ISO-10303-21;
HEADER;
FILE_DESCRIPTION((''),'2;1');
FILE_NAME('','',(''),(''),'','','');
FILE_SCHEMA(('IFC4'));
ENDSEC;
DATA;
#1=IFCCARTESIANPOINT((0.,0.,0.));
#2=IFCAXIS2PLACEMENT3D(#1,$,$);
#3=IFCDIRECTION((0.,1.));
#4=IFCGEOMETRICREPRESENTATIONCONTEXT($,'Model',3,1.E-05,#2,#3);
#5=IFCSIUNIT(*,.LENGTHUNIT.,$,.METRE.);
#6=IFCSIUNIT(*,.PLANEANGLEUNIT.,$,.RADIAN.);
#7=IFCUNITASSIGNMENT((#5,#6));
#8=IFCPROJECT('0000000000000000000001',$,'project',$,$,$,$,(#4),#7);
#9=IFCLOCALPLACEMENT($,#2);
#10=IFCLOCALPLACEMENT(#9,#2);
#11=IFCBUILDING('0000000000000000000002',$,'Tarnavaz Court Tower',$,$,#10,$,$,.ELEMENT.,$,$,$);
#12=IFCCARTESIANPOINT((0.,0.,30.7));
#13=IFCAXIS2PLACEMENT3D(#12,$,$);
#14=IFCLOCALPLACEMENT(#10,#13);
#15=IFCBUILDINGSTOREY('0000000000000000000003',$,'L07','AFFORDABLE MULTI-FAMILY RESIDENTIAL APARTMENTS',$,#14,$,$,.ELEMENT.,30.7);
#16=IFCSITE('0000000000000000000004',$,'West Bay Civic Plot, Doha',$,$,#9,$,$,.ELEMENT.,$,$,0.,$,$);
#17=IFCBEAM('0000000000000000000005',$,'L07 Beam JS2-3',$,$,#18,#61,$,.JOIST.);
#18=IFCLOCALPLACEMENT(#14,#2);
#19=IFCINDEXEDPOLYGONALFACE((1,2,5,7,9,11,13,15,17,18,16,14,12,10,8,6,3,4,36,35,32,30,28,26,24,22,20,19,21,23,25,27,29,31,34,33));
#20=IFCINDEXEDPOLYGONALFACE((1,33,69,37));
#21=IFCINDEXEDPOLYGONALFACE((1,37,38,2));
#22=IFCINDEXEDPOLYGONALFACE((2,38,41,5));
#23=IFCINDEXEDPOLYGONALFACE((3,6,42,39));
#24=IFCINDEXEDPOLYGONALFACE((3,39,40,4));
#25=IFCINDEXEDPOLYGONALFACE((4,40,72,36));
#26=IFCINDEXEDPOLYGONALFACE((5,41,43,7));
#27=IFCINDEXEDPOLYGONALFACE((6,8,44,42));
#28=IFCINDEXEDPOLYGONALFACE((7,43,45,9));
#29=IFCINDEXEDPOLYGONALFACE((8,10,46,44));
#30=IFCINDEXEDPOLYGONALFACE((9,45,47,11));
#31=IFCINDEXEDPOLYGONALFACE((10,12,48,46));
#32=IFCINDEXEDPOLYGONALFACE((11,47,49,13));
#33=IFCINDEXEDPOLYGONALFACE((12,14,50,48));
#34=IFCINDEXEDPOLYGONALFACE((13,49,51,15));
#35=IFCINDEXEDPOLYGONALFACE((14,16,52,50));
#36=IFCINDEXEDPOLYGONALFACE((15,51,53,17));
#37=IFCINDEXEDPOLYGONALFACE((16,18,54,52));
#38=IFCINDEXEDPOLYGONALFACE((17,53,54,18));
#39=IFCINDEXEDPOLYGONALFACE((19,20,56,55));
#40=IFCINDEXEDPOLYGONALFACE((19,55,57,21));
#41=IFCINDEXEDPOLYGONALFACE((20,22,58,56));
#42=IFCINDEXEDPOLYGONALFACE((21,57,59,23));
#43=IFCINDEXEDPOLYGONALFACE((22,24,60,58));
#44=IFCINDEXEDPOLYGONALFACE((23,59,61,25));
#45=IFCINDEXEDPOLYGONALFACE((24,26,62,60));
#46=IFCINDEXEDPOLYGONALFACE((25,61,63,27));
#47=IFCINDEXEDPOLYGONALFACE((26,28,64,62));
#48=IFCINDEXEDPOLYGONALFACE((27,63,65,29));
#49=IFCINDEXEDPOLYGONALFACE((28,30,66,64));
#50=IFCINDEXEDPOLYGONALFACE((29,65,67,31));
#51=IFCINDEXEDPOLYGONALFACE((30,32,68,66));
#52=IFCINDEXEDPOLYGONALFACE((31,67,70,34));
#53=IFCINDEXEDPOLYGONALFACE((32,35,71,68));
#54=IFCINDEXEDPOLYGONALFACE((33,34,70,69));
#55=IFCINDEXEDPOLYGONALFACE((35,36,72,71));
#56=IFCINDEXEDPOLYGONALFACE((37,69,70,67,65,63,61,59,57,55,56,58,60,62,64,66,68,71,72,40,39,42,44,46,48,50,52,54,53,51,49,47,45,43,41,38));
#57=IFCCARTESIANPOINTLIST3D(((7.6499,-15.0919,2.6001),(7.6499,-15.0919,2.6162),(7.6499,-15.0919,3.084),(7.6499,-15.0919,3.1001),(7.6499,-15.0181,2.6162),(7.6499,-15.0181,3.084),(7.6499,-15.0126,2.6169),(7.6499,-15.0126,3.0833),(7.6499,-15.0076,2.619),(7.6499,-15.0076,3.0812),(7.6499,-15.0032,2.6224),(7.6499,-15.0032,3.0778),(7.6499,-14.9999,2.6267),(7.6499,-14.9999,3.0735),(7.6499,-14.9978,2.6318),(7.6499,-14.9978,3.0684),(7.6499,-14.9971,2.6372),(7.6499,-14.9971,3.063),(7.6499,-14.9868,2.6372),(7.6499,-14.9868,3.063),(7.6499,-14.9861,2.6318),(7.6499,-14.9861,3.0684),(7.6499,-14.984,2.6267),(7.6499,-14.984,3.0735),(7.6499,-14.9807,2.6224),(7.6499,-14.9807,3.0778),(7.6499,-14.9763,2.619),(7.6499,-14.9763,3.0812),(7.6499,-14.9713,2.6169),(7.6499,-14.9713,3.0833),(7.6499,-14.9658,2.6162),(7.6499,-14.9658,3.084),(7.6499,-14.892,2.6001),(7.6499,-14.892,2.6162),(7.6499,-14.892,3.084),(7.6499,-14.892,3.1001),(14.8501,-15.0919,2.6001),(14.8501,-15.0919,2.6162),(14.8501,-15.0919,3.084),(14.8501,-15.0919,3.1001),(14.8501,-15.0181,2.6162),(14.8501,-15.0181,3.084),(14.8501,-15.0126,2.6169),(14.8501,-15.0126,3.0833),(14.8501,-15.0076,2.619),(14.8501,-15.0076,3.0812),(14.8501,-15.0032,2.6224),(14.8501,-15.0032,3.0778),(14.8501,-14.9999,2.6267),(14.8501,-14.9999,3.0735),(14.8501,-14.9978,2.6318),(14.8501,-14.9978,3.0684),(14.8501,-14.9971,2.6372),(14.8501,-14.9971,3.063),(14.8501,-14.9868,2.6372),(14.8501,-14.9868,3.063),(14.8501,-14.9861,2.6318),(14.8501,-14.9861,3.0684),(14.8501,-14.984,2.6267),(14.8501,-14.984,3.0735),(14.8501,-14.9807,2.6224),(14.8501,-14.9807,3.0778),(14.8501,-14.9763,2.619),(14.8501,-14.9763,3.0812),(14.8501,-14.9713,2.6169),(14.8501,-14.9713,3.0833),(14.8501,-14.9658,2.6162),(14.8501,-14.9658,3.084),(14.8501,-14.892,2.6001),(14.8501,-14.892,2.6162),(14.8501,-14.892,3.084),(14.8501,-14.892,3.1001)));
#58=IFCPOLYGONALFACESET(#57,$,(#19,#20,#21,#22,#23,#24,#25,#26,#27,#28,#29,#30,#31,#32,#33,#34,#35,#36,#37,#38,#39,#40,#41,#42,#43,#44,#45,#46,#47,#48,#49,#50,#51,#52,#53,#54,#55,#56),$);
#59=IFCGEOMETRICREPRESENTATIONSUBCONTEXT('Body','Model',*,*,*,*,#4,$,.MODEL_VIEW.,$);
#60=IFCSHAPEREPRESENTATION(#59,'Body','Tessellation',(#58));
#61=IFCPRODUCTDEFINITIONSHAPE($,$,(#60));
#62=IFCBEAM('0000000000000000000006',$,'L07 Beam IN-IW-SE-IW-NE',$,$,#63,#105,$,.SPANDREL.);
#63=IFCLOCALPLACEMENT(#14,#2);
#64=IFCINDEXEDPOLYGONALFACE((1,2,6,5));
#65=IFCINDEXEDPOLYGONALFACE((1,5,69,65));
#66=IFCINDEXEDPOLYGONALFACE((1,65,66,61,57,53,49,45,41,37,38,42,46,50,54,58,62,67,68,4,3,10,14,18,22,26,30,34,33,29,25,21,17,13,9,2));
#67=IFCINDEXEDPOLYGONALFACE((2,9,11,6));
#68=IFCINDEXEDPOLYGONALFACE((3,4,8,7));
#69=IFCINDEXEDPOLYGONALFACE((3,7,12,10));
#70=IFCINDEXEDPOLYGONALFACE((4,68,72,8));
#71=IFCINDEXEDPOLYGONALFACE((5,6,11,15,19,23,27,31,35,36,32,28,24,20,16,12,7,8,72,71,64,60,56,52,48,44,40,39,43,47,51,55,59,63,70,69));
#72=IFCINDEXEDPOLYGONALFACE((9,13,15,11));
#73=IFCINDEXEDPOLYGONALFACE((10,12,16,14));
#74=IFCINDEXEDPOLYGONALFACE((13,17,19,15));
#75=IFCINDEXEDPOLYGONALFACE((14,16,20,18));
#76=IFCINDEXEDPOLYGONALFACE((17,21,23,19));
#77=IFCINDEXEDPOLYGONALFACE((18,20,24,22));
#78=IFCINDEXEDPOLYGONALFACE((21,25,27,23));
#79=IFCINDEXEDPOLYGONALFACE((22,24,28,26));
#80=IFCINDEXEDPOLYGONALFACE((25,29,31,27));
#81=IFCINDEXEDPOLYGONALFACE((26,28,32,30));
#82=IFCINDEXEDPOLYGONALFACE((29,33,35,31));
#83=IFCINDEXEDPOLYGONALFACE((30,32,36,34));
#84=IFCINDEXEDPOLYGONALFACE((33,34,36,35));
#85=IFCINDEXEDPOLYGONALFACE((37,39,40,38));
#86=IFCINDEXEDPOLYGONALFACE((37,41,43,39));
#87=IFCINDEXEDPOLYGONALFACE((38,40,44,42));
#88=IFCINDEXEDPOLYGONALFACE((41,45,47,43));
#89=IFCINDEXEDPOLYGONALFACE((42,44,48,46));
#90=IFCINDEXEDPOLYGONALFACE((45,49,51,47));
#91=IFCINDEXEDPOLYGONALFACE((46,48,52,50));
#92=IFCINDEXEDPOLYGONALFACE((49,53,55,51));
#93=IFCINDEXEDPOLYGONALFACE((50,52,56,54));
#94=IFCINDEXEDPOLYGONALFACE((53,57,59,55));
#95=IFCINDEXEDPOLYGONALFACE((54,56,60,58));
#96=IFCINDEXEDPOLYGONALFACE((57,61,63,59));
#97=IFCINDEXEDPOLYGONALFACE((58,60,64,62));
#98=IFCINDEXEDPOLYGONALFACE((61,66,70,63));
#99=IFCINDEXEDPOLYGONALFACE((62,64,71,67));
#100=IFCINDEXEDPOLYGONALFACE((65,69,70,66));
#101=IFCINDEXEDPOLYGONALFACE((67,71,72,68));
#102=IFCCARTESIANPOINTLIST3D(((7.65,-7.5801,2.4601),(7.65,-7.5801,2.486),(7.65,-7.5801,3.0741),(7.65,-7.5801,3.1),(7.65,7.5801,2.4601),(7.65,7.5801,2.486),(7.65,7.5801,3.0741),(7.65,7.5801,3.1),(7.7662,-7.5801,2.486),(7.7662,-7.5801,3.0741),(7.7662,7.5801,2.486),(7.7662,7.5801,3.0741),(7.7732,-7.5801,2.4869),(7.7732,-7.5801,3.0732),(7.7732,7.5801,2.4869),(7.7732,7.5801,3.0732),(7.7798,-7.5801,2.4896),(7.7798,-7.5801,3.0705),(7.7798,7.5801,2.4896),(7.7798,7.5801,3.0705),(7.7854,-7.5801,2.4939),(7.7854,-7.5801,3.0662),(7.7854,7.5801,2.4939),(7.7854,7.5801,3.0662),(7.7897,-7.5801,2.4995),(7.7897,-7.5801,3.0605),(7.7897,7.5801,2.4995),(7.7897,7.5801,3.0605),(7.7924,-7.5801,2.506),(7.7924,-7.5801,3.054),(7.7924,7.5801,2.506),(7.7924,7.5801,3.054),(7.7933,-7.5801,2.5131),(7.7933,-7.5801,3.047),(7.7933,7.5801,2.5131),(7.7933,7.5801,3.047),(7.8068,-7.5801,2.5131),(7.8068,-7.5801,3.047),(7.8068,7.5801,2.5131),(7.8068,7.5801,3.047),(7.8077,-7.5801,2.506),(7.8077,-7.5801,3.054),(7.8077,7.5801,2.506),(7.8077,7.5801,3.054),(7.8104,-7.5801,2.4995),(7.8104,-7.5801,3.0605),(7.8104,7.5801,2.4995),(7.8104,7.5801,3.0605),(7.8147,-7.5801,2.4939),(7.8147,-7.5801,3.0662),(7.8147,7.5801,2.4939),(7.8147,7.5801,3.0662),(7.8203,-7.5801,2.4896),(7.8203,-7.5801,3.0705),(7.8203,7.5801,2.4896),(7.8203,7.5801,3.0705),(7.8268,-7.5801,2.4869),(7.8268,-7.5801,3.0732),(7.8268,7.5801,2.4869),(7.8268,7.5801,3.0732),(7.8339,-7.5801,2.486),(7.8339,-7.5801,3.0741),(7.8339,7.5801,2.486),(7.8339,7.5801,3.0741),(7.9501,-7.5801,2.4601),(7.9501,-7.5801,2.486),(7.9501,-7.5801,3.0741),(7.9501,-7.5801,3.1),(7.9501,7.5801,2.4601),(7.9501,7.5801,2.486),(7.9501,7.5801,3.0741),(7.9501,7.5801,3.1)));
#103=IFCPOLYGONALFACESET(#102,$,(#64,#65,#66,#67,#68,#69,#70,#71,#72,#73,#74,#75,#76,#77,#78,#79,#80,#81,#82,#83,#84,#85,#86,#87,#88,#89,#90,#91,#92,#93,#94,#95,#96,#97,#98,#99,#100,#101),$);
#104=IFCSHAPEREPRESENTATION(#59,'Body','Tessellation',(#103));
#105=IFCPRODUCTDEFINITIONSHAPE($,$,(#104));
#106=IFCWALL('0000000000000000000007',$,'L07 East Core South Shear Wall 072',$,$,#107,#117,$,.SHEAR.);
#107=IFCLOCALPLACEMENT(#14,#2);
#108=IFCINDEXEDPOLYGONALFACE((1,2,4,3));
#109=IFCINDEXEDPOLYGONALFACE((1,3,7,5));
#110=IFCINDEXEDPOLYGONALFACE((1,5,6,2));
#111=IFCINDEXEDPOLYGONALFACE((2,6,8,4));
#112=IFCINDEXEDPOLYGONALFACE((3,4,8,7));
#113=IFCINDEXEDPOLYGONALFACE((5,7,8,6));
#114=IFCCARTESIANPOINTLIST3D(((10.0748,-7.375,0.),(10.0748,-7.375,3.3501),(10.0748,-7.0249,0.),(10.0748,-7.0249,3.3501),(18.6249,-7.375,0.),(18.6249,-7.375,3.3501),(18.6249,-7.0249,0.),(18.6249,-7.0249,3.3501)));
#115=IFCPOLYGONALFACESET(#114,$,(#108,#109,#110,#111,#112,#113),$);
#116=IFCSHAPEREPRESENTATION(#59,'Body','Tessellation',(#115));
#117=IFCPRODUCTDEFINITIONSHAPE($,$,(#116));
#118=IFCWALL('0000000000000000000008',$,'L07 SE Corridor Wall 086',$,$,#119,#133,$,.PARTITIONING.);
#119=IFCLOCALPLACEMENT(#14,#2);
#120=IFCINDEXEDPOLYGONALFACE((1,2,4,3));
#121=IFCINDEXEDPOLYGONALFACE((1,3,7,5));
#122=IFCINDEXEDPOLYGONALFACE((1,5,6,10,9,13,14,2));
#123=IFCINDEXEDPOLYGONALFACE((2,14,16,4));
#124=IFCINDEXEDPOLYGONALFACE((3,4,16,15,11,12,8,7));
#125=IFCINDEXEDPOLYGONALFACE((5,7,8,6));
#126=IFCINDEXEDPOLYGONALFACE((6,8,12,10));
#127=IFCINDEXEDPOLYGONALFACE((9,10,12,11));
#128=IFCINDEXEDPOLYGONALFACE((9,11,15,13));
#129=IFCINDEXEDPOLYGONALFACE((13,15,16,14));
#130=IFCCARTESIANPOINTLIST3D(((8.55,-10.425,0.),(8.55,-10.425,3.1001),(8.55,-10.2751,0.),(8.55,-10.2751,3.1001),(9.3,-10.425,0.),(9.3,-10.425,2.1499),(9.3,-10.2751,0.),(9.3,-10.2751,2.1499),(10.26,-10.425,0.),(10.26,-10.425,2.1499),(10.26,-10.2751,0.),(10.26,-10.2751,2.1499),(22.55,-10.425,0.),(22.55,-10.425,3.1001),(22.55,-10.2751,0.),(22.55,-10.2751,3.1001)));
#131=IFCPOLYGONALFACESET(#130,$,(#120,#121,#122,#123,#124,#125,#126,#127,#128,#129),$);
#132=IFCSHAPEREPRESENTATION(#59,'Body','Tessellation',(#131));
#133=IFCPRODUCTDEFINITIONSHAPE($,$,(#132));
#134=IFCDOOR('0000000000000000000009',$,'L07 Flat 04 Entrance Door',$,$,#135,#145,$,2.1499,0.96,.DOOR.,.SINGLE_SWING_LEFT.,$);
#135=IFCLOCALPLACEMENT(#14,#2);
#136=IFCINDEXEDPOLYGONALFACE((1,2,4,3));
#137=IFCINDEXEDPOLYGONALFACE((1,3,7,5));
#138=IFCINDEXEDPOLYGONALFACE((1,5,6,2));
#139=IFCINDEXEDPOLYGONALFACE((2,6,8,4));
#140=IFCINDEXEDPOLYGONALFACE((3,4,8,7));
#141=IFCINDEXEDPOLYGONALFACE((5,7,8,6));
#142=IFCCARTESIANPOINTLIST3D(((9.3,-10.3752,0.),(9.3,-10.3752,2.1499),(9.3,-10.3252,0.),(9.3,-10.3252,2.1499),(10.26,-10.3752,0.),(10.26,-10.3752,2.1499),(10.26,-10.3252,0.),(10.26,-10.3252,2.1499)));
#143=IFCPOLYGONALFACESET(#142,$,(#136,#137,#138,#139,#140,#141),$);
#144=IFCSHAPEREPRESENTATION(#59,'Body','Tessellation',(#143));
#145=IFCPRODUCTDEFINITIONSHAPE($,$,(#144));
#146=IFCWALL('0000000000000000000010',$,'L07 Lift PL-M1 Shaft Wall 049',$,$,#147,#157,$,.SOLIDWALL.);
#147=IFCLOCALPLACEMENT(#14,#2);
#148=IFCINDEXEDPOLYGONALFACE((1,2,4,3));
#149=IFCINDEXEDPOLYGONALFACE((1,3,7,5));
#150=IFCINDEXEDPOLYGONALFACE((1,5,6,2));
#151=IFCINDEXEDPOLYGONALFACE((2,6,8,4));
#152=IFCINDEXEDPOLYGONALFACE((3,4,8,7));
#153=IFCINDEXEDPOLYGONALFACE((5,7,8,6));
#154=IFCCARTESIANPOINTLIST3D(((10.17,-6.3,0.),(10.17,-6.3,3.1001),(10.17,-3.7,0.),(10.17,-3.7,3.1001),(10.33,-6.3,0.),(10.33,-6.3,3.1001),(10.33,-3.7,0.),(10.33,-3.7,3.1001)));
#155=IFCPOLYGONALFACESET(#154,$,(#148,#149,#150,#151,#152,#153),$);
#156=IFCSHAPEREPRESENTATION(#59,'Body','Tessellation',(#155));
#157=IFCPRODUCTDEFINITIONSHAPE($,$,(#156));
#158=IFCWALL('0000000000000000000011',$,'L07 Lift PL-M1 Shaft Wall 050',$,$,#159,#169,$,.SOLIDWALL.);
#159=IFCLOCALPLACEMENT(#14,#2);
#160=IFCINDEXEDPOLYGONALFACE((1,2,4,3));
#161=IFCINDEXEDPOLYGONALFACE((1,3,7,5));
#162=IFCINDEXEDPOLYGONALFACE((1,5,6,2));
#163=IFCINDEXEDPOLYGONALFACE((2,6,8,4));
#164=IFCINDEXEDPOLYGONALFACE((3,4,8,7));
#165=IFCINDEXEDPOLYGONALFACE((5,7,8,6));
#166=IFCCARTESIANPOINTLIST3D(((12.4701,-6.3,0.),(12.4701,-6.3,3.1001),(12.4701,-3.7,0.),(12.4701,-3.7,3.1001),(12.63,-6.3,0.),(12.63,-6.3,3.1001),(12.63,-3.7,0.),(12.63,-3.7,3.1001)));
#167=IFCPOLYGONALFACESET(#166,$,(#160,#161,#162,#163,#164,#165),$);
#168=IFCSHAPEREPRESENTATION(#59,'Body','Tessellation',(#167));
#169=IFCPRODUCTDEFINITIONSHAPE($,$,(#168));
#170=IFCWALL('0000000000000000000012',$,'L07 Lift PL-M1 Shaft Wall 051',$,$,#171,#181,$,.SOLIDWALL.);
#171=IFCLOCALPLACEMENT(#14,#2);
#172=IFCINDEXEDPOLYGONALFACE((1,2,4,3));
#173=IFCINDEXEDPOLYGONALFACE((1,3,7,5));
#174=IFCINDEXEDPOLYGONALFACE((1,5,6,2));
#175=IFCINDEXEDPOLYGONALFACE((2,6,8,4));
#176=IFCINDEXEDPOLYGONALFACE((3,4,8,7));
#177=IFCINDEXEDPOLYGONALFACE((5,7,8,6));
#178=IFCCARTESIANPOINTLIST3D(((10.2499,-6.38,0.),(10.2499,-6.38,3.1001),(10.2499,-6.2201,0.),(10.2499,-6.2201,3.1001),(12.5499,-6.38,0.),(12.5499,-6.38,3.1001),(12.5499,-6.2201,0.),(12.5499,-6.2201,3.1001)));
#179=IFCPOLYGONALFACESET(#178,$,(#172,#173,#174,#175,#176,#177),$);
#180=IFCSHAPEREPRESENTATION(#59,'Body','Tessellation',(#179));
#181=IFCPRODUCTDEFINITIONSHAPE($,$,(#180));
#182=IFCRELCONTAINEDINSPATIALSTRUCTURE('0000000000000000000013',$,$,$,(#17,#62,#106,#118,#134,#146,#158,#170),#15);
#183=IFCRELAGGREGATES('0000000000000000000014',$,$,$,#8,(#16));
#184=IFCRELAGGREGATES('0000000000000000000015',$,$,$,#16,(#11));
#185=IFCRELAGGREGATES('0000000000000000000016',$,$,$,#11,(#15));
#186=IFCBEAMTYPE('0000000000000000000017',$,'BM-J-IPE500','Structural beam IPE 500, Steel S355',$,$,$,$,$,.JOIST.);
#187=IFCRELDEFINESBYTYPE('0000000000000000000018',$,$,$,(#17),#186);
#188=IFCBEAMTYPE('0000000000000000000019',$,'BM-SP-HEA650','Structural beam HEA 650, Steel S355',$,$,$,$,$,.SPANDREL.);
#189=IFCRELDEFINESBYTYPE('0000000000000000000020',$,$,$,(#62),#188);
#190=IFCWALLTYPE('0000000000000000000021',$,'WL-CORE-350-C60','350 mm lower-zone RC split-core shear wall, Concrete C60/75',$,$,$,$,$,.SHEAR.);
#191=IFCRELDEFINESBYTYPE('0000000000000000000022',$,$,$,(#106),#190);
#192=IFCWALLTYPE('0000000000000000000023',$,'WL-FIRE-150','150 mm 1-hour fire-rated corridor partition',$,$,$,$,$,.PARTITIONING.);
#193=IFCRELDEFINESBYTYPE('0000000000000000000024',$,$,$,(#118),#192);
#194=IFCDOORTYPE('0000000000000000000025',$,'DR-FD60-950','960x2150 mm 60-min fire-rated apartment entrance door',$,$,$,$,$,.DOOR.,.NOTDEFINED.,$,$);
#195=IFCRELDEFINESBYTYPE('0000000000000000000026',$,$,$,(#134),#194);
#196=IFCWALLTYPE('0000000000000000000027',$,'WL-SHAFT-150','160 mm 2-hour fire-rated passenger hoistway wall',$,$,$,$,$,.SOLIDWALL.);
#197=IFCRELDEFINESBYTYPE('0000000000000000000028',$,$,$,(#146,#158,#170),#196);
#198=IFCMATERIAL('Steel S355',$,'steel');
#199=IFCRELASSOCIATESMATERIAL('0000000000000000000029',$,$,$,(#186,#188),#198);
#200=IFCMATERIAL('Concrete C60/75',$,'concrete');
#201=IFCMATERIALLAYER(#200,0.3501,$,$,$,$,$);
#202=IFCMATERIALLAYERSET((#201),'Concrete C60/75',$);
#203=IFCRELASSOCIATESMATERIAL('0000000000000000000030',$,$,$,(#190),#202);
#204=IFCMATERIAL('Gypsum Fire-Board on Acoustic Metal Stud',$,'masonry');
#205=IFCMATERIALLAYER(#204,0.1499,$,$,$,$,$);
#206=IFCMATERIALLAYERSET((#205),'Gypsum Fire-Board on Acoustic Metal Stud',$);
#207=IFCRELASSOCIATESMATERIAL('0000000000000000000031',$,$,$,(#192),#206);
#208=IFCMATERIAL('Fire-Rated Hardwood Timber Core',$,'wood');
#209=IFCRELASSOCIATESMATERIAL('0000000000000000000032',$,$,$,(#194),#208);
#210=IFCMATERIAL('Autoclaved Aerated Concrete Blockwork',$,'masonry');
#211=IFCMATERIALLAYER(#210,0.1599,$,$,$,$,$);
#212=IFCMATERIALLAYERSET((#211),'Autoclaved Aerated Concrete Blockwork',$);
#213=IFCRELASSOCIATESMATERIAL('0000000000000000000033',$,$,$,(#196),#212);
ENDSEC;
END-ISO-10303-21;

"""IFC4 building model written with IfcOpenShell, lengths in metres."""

from ifc_helpers import new_model, si_unit, direction, frame, frame_2d, origin, origin_2d, place, context, subcontext, project, spatial, rectangle, i_section, extrude, material, layer, layer_set, material_profile, profile_set, type_object, element, fill, save


model = new_model("IFC4")

# Units and contexts
model_context = context("Model", 3, precision=1e-05, world=origin(), true_north=direction((0.0, 1.0)))
body_context = subcontext(model_context, "Body", "Model", "MODEL_VIEW")
ifc_project = project(units=[si_unit("LENGTHUNIT", "METRE"), si_unit("PLANEANGLEUNIT", "RADIAN")], contexts=[model_context])

# Site, building, storey
site_placement = place(None, origin())
site = spatial("IfcSite", under=ifc_project, at=site_placement, Name="West Bay Civic Plot, Doha", CompositionType="ELEMENT", RefElevation=0.0)
building_placement = place(site_placement, origin())
building = spatial("IfcBuilding", under=site, at=building_placement, Name="Tarnavaz Court Tower", CompositionType="ELEMENT")
storey_placement = place(building_placement, frame((0.0, 0.0, 30.7)))
storey = spatial("IfcBuildingStorey", under=building, at=storey_placement, Name="L07", Description="AFFORDABLE MULTI-FAMILY RESIDENTIAL APARTMENTS", CompositionType="ELEMENT", Elevation=30.7)

# Shared definitions
ifc_material_1 = material(Name="Concrete C60/75", Category="concrete")

# Beams
ifc_material_2 = material(Name="Steel S355", Category="steel")
ifc_material_profile_1 = material_profile(ifc_material_2, i_section(OverallWidth=0.2, OverallDepth=0.5, WebThickness=0.0103, FlangeThickness=0.0161, FilletRadius=0.021, at=origin_2d()), Name="IPE 500")
ifc_profile_set_1 = profile_set([ifc_material_profile_1], Name="Steel S355")
beam_type_1 = type_object("IfcBeamType", Name="BM-J-IPE500", Description="Structural beam IPE 500, Steel S355", PredefinedType="JOIST", material=ifc_profile_set_1)
for number, where, z_axis, x_axis, name in (
    (1, (7.6499, -14.9919, 2.8501), (1.0, 0.0, 0.0), (0.0, 1.0, 0.0), "L07 Beam JS2-3"),
):
    element("IfcBeam", number, at=place(storey_placement, frame(where, z_axis=z_axis, x_axis=x_axis)), inside=storey, type_object=beam_type_1, Name=name, PredefinedType="JOIST", context=body_context, shape_type="SweptSolid", body=[
        extrude(i_section(OverallWidth=0.2, OverallDepth=0.5, WebThickness=0.0103, FlangeThickness=0.0161, FilletRadius=0.021, at=origin_2d()), origin(), (0.0, 0.0, 1.0), 7.2002),
    ])
ifc_material_profile_2 = material_profile(ifc_material_2, i_section(OverallWidth=0.3, OverallDepth=0.6399, WebThickness=0.0134, FlangeThickness=0.0259, FilletRadius=0.0271, at=origin_2d()), Name="HEA 650")
ifc_profile_set_2 = profile_set([ifc_material_profile_2], Name="Steel S355")
beam_type_2 = type_object("IfcBeamType", Name="BM-SP-HEA650", Description="Structural beam HEA 650, Steel S355", PredefinedType="SPANDREL", material=ifc_profile_set_2)
beam_1_placement = place(storey_placement, frame((7.8, -7.5801, 2.78), z_axis=(0.0, 1.0, 0.0), x_axis=(-1.0, 0.0, 0.0)))
element("IfcBeam", 2, at=beam_1_placement, inside=storey, type_object=beam_type_2, Name="L07 Beam IN-IW-SE-IW-NE", PredefinedType="SPANDREL", context=body_context, shape_type="SweptSolid", body=[
    extrude(i_section(OverallWidth=0.3, OverallDepth=0.6399, WebThickness=0.0134, FlangeThickness=0.0259, FilletRadius=0.0271, at=origin_2d()), origin(), (0.0, 0.0, 1.0), 15.1602),
])

# Wall
ifc_layer_1 = layer(ifc_material_1, 0.3501)
ifc_layer_set_1 = layer_set([ifc_layer_1], Name="Concrete C60/75")
wall_type_1 = type_object("IfcWallType", Name="WL-CORE-350-C60", Description="350 mm lower-zone RC split-core shear wall, Concrete C60/75", PredefinedType="SHEAR", material=ifc_layer_set_1)
wall_1_placement = place(storey_placement, frame((10.075, -7.2, 0.0), z_axis=(0.0, 0.0, 1.0), x_axis=(1.0, 0.0, 0.0)))
element("IfcWall", 3, at=wall_1_placement, inside=storey, type_object=wall_type_1, Name="L07 East Core South Shear Wall 072", PredefinedType="SHEAR", context=body_context, shape_type="SweptSolid", body=[
    extrude(rectangle(XDim=8.55, YDim=0.3501, at=frame_2d((4.2749, 0.0))), origin(), (0.0, 0.0, 1.0), 3.3501),
])

# Wall, opening, door
ifc_material_3 = material(Name="Gypsum Fire-Board on Acoustic Metal Stud", Category="masonry")
ifc_layer_2 = layer(ifc_material_3, 0.1499)
ifc_layer_set_2 = layer_set([ifc_layer_2], Name="Gypsum Fire-Board on Acoustic Metal Stud")
wall_type_2 = type_object("IfcWallType", Name="WL-FIRE-150", Description="150 mm 1-hour fire-rated corridor partition", PredefinedType="PARTITIONING", material=ifc_layer_set_2)
wall_2_placement = place(storey_placement, frame((8.55, -10.3501, 0.0), z_axis=(0.0, 0.0, 1.0), x_axis=(1.0, 0.0, 0.0)))
wall_2 = element("IfcWall", 4, at=wall_2_placement, inside=storey, type_object=wall_type_2, Name="L07 SE Corridor Wall 086", PredefinedType="PARTITIONING", context=body_context, shape_type="SweptSolid", body=[
    extrude(rectangle(XDim=14.0, YDim=0.1499, at=frame_2d((7.0, 0.0))), origin(), (0.0, 0.0, 1.0), 3.1001),
])
opening_1_placement = place(wall_2_placement, frame((0.75, 0.0, 0.0)))
opening_1 = element("IfcOpeningElement", 5, at=opening_1_placement, cuts=wall_2, PredefinedType="OPENING", context=body_context, shape_type="SweptSolid", body=[
    extrude(rectangle(XDim=0.96, YDim=2.1499, at=frame_2d((0.48, 1.075))), frame((0.0, 0.085, 0.0), z_axis=(0.0, -1.0, 0.0), x_axis=(1.0, 0.0, 0.0)), (0.0, 0.0, 1.0), 0.1699),
])
ifc_material_4 = material(Name="Fire-Rated Hardwood Timber Core", Category="wood")
door_type = type_object("IfcDoorType", Name="DR-FD60-950", Description="960x2150 mm 60-min fire-rated apartment entrance door", OperationType="NOTDEFINED", PredefinedType="DOOR", material=ifc_material_4)
door_placement = place(opening_1_placement, origin())
door = element("IfcDoor", 6, at=door_placement, inside=storey, type_object=door_type, Name="L07 Flat 04 Entrance Door", OperationType="SINGLE_SWING_LEFT", OverallHeight=2.1499, OverallWidth=0.96, PredefinedType="DOOR", context=body_context, shape_type="SweptSolid", body=[
    extrude(rectangle(XDim=0.96, YDim=2.1499, at=frame_2d((0.48, 1.075))), frame((0.0, 0.0249, 0.0), z_axis=(0.0, -1.0, 0.0), x_axis=(1.0, 0.0, 0.0)), (0.0, 0.0, 1.0), 0.05),
])
fill(opening_1, door)

# Walls
ifc_material_5 = material(Name="Autoclaved Aerated Concrete Blockwork", Category="masonry")
ifc_layer_3 = layer(ifc_material_5, 0.1599)
ifc_layer_set_3 = layer_set([ifc_layer_3], Name="Autoclaved Aerated Concrete Blockwork")
wall_type_3 = type_object("IfcWallType", Name="WL-SHAFT-150", Description="160 mm 2-hour fire-rated passenger hoistway wall", PredefinedType="SOLIDWALL", material=ifc_layer_set_3)
for number, where, z_axis, x_axis, name in (
    (7, (10.25, -6.3, 0.0), (0.0, 0.0, 1.0), (0.0, 1.0, 0.0), "L07 Lift PL-M1 Shaft Wall 049"),
    (8, (12.55, -6.3, 0.0), (0.0, 0.0, 1.0), (0.0, 1.0, 0.0), "L07 Lift PL-M1 Shaft Wall 050"),
):
    element("IfcWall", number, at=place(storey_placement, frame(where, z_axis=z_axis, x_axis=x_axis)), inside=storey, type_object=wall_type_3, Name=name, PredefinedType="SOLIDWALL", context=body_context, shape_type="SweptSolid", body=[
        extrude(rectangle(XDim=2.6001, YDim=0.1599, at=frame_2d((1.3, 0.0))), origin(), (0.0, 0.0, 1.0), 3.1001),
    ])
for number, where, z_axis, x_axis, name in (
    (9, (10.25, -6.3, 0.0), (0.0, 0.0, 1.0), (1.0, 0.0, 0.0), "L07 Lift PL-M1 Shaft Wall 051"),
):
    element("IfcWall", number, at=place(storey_placement, frame(where, z_axis=z_axis, x_axis=x_axis)), inside=storey, type_object=wall_type_3, Name=name, PredefinedType="SOLIDWALL", context=body_context, shape_type="SweptSolid", body=[
        extrude(rectangle(XDim=2.3, YDim=0.1599, at=frame_2d((1.1499, 0.0))), origin(), (0.0, 0.0, 1.0), 3.1001),
    ])

save(model, "model.ifc")
